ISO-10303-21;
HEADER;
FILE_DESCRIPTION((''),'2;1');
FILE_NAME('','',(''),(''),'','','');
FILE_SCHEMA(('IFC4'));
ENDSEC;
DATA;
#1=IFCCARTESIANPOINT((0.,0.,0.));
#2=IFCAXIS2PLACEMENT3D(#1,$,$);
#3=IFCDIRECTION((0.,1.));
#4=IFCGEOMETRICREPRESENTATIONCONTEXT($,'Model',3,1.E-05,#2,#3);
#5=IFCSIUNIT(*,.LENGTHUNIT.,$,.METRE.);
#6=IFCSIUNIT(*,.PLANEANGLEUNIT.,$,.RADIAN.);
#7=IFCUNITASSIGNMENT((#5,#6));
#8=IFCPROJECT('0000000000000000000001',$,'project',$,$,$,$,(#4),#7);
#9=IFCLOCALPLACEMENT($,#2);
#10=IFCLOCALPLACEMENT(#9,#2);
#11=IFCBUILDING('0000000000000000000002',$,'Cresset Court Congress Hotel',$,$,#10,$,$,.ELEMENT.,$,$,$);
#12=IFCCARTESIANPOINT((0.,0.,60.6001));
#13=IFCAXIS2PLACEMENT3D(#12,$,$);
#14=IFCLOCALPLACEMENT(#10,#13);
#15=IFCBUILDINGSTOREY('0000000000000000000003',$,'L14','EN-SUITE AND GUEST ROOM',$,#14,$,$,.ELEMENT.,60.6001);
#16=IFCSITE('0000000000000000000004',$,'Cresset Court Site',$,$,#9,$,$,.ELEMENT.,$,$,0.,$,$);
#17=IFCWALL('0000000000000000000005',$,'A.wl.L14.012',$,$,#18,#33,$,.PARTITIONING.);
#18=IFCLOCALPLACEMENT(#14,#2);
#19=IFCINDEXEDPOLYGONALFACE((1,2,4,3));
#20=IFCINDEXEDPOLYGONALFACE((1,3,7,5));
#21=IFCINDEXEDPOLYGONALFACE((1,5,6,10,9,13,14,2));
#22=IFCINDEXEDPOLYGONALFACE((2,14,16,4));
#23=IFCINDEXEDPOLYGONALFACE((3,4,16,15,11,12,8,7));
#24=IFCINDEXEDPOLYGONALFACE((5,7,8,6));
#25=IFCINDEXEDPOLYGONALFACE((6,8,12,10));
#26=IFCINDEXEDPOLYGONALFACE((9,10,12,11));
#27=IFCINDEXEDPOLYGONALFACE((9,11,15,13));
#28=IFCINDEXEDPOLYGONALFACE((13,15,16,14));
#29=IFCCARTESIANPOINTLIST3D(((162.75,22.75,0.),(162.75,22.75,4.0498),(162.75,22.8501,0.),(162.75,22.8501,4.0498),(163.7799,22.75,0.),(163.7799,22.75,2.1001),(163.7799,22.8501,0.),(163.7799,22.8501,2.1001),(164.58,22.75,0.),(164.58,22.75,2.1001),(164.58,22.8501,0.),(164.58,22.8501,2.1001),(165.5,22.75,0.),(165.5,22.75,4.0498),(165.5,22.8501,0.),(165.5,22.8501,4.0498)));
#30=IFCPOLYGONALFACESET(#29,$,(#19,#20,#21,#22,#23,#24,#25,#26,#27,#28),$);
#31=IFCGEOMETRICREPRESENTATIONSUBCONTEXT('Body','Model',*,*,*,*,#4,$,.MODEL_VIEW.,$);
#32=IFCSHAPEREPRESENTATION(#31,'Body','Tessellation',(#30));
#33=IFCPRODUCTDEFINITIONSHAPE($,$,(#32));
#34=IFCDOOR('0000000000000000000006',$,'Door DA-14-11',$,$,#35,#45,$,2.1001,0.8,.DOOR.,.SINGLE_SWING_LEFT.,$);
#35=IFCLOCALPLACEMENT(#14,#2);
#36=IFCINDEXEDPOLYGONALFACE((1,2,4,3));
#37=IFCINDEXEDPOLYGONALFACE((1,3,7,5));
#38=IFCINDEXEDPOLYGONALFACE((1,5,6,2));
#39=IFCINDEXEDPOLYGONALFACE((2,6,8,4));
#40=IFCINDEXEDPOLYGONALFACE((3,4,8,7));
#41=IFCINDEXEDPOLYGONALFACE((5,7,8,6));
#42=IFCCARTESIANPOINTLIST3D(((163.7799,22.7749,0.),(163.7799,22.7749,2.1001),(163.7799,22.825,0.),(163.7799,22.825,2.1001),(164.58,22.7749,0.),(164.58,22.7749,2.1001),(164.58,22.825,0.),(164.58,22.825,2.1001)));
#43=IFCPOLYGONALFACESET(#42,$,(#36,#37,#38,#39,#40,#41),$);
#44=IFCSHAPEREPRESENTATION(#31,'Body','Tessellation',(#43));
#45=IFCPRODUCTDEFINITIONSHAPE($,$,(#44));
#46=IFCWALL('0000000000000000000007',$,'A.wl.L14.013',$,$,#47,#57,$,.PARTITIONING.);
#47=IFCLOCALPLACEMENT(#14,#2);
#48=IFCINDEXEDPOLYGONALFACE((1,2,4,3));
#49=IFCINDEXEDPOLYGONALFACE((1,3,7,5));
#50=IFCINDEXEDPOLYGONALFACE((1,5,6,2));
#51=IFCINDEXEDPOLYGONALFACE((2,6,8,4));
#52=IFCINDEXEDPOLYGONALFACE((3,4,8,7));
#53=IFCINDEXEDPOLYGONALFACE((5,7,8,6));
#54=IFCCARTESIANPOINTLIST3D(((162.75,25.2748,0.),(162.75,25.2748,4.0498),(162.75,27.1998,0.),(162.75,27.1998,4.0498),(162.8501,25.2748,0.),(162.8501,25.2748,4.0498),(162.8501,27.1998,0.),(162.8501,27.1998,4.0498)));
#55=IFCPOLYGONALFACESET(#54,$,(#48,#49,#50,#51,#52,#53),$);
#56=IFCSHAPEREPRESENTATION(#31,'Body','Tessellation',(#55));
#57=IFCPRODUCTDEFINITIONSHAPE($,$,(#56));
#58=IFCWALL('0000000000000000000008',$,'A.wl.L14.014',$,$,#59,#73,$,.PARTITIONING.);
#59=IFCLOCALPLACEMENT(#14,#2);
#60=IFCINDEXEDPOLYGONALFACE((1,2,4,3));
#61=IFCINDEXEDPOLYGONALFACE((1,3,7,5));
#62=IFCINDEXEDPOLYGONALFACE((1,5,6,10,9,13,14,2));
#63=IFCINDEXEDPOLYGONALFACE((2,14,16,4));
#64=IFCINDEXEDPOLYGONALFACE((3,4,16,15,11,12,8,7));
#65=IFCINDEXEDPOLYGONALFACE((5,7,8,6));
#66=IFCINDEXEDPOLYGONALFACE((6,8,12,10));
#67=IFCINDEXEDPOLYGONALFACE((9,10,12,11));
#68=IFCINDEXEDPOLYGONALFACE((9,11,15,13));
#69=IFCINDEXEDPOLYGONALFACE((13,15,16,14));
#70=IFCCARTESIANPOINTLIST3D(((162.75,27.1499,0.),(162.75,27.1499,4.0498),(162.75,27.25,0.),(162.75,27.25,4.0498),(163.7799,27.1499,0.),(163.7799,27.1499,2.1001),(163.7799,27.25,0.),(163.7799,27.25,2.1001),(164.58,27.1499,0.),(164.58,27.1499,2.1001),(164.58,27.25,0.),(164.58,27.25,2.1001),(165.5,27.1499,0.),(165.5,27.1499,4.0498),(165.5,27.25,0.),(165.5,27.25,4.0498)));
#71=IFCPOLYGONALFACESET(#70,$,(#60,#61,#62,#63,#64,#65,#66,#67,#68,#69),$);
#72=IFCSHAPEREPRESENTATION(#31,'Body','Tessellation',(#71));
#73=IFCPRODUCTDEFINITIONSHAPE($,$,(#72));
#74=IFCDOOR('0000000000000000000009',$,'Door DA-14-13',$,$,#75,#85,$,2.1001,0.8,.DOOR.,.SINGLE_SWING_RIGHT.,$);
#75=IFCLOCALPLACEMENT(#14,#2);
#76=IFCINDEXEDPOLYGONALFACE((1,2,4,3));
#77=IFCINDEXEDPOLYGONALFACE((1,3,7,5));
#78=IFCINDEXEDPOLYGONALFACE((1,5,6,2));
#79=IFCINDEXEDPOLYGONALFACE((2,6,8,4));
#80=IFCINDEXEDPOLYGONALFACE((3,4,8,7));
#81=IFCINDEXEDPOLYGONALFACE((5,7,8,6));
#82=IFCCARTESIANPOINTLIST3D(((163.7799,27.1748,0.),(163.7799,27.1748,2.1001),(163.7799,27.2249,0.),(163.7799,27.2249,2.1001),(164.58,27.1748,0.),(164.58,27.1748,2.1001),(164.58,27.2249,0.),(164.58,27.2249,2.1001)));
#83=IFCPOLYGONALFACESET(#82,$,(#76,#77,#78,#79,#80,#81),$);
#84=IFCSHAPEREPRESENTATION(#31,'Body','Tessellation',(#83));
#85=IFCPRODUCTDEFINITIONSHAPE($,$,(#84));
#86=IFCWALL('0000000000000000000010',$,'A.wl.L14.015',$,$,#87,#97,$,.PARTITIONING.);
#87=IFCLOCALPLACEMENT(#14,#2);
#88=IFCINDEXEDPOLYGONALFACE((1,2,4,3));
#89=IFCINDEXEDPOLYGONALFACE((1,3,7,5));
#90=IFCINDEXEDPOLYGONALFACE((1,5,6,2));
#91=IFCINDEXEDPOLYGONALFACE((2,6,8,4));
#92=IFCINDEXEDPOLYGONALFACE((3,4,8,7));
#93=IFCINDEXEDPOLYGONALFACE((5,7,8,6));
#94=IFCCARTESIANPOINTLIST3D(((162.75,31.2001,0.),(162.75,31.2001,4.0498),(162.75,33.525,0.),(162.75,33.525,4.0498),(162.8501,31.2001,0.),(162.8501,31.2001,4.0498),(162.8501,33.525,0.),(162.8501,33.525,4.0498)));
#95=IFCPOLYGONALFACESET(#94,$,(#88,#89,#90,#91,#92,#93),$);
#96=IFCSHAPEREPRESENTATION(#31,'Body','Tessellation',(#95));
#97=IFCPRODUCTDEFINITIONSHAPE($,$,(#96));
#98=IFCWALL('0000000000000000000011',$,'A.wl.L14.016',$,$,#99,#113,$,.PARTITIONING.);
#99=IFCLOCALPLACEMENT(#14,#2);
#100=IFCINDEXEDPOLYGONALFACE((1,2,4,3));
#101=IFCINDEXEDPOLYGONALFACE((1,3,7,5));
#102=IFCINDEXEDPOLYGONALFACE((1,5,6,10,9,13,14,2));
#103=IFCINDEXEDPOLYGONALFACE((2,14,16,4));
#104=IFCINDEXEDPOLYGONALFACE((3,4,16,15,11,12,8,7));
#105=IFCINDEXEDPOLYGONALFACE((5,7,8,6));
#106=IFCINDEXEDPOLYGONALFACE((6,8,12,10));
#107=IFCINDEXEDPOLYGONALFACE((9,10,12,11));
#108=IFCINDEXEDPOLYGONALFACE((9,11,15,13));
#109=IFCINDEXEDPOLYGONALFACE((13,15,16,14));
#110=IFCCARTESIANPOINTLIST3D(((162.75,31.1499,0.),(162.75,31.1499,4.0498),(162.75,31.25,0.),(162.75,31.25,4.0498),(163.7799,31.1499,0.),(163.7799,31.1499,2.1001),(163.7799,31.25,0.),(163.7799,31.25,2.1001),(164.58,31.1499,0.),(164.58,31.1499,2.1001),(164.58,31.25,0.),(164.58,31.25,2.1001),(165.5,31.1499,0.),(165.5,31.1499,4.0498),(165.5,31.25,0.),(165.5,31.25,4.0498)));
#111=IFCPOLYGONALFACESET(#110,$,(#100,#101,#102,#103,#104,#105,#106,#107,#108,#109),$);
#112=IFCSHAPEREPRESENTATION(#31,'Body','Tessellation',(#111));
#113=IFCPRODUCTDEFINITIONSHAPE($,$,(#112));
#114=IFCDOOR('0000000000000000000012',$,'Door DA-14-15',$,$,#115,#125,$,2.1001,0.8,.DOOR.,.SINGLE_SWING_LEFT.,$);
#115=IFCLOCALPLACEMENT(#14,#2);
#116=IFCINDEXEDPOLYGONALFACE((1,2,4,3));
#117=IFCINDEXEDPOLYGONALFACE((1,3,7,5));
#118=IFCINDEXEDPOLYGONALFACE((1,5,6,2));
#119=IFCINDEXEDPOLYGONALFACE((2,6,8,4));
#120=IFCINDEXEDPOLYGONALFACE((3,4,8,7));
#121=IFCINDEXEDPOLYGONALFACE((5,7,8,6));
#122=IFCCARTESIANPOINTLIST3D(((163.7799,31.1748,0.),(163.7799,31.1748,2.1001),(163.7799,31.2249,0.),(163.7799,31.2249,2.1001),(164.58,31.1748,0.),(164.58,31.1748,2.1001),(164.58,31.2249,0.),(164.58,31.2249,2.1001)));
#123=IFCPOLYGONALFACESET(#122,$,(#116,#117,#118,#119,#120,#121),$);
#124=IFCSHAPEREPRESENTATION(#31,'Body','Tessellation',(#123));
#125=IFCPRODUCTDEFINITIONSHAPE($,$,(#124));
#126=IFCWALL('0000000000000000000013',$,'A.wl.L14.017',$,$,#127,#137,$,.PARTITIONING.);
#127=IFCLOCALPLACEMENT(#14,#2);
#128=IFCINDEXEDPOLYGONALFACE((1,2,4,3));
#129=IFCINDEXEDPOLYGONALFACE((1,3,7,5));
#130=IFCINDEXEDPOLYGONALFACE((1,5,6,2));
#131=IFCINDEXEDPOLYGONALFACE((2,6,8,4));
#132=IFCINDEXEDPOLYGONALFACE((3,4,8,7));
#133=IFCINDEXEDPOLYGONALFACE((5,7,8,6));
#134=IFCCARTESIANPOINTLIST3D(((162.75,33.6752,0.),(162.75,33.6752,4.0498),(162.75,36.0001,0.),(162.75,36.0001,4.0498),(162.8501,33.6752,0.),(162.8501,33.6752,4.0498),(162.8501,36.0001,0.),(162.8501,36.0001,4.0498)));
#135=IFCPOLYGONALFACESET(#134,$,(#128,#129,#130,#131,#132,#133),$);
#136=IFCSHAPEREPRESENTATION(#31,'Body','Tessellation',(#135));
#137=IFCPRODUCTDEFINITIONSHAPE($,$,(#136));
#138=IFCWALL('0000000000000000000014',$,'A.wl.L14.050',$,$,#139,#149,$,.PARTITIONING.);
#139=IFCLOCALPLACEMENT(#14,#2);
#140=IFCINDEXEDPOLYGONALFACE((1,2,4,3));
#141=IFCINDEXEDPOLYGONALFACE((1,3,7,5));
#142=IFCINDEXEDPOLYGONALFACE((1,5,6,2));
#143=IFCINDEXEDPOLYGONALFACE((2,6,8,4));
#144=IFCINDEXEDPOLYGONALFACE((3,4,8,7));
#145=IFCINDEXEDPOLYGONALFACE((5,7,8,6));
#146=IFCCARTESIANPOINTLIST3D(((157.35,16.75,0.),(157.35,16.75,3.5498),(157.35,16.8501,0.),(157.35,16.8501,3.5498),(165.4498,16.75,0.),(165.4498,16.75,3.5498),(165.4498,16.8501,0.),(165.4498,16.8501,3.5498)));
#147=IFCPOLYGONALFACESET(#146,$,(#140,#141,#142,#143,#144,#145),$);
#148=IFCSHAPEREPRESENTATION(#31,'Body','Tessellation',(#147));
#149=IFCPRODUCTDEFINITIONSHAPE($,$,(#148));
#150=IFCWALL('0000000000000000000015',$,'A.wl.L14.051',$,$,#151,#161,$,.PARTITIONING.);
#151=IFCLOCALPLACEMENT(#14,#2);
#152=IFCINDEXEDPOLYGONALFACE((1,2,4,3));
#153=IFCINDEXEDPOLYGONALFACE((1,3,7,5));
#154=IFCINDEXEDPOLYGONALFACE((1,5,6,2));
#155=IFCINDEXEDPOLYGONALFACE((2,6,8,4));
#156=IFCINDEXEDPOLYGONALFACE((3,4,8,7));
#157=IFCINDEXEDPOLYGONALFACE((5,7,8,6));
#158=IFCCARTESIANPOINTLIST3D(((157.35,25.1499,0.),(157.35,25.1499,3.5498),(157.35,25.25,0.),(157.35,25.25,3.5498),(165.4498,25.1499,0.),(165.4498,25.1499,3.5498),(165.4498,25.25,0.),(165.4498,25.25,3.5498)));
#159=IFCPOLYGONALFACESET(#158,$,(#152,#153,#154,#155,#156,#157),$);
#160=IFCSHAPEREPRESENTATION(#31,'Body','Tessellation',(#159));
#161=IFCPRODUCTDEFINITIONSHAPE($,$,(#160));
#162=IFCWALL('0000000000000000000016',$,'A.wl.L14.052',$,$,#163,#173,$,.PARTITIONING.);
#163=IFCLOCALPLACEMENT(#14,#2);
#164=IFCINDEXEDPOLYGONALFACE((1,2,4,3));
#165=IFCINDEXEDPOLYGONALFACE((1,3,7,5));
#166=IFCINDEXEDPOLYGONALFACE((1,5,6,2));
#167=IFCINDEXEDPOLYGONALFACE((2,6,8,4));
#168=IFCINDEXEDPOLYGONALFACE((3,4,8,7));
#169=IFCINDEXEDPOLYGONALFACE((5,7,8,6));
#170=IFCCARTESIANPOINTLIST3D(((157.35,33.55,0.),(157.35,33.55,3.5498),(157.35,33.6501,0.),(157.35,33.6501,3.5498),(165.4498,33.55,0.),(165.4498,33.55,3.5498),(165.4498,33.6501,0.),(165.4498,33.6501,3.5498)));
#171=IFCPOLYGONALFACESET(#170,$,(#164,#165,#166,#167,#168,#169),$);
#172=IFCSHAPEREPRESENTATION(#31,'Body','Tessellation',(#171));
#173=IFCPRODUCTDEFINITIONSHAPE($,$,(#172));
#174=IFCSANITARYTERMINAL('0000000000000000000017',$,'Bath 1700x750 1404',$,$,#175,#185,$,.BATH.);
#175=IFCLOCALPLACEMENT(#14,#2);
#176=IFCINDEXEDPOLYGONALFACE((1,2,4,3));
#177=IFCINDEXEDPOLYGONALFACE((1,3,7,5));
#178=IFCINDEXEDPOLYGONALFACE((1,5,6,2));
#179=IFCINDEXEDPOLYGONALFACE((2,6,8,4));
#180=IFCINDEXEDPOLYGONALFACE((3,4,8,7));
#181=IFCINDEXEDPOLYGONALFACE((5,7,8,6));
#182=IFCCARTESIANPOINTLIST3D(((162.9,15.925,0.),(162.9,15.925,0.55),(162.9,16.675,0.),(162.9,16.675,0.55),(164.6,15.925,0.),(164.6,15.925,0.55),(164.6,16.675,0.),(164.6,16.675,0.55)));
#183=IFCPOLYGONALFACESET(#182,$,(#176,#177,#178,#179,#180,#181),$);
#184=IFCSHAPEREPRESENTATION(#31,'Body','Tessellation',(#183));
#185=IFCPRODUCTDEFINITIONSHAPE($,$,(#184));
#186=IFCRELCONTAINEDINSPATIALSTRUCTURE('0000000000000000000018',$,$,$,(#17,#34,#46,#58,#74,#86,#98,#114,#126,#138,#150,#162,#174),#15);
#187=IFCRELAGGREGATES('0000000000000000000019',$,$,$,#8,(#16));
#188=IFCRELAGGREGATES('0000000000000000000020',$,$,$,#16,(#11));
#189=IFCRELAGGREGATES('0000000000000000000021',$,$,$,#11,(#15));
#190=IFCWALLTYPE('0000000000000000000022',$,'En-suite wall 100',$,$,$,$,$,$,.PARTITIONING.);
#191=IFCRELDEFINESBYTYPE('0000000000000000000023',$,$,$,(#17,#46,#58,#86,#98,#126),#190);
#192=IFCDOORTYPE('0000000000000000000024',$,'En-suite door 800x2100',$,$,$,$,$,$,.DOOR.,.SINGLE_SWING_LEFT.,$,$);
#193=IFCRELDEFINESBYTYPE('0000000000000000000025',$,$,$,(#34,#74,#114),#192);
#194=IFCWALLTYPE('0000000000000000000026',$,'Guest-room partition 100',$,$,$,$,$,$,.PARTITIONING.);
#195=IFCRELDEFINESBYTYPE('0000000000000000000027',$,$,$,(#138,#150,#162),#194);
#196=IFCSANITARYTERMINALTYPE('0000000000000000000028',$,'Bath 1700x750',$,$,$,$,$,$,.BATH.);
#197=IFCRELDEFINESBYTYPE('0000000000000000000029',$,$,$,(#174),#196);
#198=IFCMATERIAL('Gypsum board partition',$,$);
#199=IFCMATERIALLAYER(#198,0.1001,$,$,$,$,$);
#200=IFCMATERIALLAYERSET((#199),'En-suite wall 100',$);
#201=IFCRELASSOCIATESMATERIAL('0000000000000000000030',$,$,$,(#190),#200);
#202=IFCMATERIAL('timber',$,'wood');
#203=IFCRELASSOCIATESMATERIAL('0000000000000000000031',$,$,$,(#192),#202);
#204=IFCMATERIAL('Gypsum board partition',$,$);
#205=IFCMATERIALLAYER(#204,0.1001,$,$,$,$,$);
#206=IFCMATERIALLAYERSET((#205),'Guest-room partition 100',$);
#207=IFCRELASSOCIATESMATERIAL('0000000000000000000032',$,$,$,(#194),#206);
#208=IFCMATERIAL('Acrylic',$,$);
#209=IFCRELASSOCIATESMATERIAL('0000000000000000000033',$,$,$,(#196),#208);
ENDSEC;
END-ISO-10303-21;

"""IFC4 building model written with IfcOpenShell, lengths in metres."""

from ifc_helpers import new_model, si_unit, direction, frame, frame_2d, origin, origin_2d, place, context, subcontext, project, spatial, rectangle, extrude, material, layer, layer_set, type_object, element, fill, save


model = new_model("IFC4")

# Units and contexts
model_context = context("Model", 3, precision=1e-05, world=origin(), true_north=direction((0.0, 1.0)))
body_context = subcontext(model_context, "Body", "Model", "MODEL_VIEW")
ifc_project = project(units=[si_unit("LENGTHUNIT", "METRE"), si_unit("PLANEANGLEUNIT", "RADIAN")], contexts=[model_context])

# Site, building, storey
site_placement = place(None, origin())
site = spatial("IfcSite", under=ifc_project, at=site_placement, Name="Cresset Court Site", CompositionType="ELEMENT", RefElevation=0.0)
building_placement = place(site_placement, origin())
building = spatial("IfcBuilding", under=site, at=building_placement, Name="Cresset Court Congress Hotel", CompositionType="ELEMENT")
storey_placement = place(building_placement, frame((0.0, 0.0, 60.6001)))
storey = spatial("IfcBuildingStorey", under=building, at=storey_placement, Name="L14", Description="EN-SUITE AND GUEST ROOM", CompositionType="ELEMENT", Elevation=60.6001)

# Shared definitions
ifc_material_1 = material(Name="Gypsum board partition")
ifc_layer_1 = layer(ifc_material_1, 0.1001)
ifc_layer_set_1 = layer_set([ifc_layer_1], Name="En-suite wall 100")
wall_type_1 = type_object("IfcWallType", Name="En-suite wall 100", PredefinedType="PARTITIONING", material=ifc_layer_set_1)

# Shared definitions
ifc_material_2 = material(Name="timber", Category="wood")
door_type = type_object("IfcDoorType", Name="En-suite door 800x2100", OperationType="SINGLE_SWING_LEFT", PredefinedType="DOOR", material=ifc_material_2)

# Wall, opening, door
wall_1_placement = place(storey_placement, frame((162.75, 22.8, 0.0), z_axis=(0.0, 0.0, 1.0), x_axis=(1.0, 0.0, 0.0)))
wall_1 = element("IfcWall", 1, at=wall_1_placement, inside=storey, type_object=wall_type_1, Name="A.wl.L14.012", PredefinedType="PARTITIONING", context=body_context, shape_type="SweptSolid", body=[
    extrude(rectangle(XDim=2.75, YDim=0.1001, at=frame_2d((1.375, 0.0))), origin(), (0.0, 0.0, 1.0), 4.0498),
])
opening_1_placement = place(wall_1_placement, frame((1.03, 0.0, 0.0)))
opening_1 = element("IfcOpeningElement", 2, at=opening_1_placement, cuts=wall_1, PredefinedType="OPENING", context=body_context, shape_type="SweptSolid", body=[
    extrude(rectangle(XDim=0.8, YDim=2.1001, at=frame_2d((0.3999, 1.05))), frame((0.0, 0.0601, 0.0), z_axis=(0.0, -1.0, 0.0), x_axis=(1.0, 0.0, 0.0)), (0.0, 0.0, 1.0), 0.1201),
])
door_1_placement = place(opening_1_placement, origin())
door_1 = element("IfcDoor", 3, at=door_1_placement, inside=storey, type_object=door_type, Name="Door DA-14-11", OperationType="SINGLE_SWING_LEFT", OverallHeight=2.1001, OverallWidth=0.8, PredefinedType="DOOR", context=body_context, shape_type="SweptSolid", body=[
    extrude(rectangle(XDim=0.8, YDim=2.1001, at=frame_2d((0.3999, 1.05))), frame((0.0, 0.0249, 0.0), z_axis=(0.0, -1.0, 0.0), x_axis=(1.0, 0.0, 0.0)), (0.0, 0.0, 1.0), 0.05),
])
fill(opening_1, door_1)

# Wall
wall_2_placement = place(storey_placement, frame((162.8, 25.2749, 0.0), z_axis=(0.0, 0.0, 1.0), x_axis=(0.0, 1.0, 0.0)))
element("IfcWall", 4, at=wall_2_placement, inside=storey, type_object=wall_type_1, Name="A.wl.L14.013", PredefinedType="PARTITIONING", context=body_context, shape_type="SweptSolid", body=[
    extrude(rectangle(XDim=1.925, YDim=0.1001, at=frame_2d((0.9624, 0.0))), origin(), (0.0, 0.0, 1.0), 4.0498),
])

# Wall, opening, door
wall_3_placement = place(storey_placement, frame((162.75, 27.2, 0.0), z_axis=(0.0, 0.0, 1.0), x_axis=(1.0, 0.0, 0.0)))
wall_3 = element("IfcWall", 5, at=wall_3_placement, inside=storey, type_object=wall_type_1, Name="A.wl.L14.014", PredefinedType="PARTITIONING", context=body_context, shape_type="SweptSolid", body=[
    extrude(rectangle(XDim=2.75, YDim=0.1001, at=frame_2d((1.375, 0.0))), origin(), (0.0, 0.0, 1.0), 4.0498),
])
opening_2_placement = place(wall_3_placement, frame((1.03, 0.0, 0.0)))
opening_2 = element("IfcOpeningElement", 6, at=opening_2_placement, cuts=wall_3, PredefinedType="OPENING", context=body_context, shape_type="SweptSolid", body=[
    extrude(rectangle(XDim=0.8, YDim=2.1001, at=frame_2d((0.3999, 1.05))), frame((0.0, 0.0601, 0.0), z_axis=(0.0, -1.0, 0.0), x_axis=(1.0, 0.0, 0.0)), (0.0, 0.0, 1.0), 0.1201),
])
door_2_placement = place(opening_2_placement, origin())
door_2 = element("IfcDoor", 7, at=door_2_placement, inside=storey, type_object=door_type, Name="Door DA-14-13", OperationType="SINGLE_SWING_RIGHT", OverallHeight=2.1001, OverallWidth=0.8, PredefinedType="DOOR", context=body_context, shape_type="SweptSolid", body=[
    extrude(rectangle(XDim=0.8, YDim=2.1001, at=frame_2d((0.3999, 1.05))), frame((0.0, 0.0249, 0.0), z_axis=(0.0, -1.0, 0.0), x_axis=(1.0, 0.0, 0.0)), (0.0, 0.0, 1.0), 0.05),
])
fill(opening_2, door_2)

# Wall
wall_4_placement = place(storey_placement, frame((162.8, 31.2, 0.0), z_axis=(0.0, 0.0, 1.0), x_axis=(0.0, 1.0, 0.0)))
element("IfcWall", 8, at=wall_4_placement, inside=storey, type_object=wall_type_1, Name="A.wl.L14.015", PredefinedType="PARTITIONING", context=body_context, shape_type="SweptSolid", body=[
    extrude(rectangle(XDim=2.325, YDim=0.1001, at=frame_2d((1.1626, 0.0))), origin(), (0.0, 0.0, 1.0), 4.0498),
])

# Wall, opening, door
wall_5_placement = place(storey_placement, frame((162.75, 31.2, 0.0), z_axis=(0.0, 0.0, 1.0), x_axis=(1.0, 0.0, 0.0)))
wall_5 = element("IfcWall", 9, at=wall_5_placement, inside=storey, type_object=wall_type_1, Name="A.wl.L14.016", PredefinedType="PARTITIONING", context=body_context, shape_type="SweptSolid", body=[
    extrude(rectangle(XDim=2.75, YDim=0.1001, at=frame_2d((1.375, 0.0))), origin(), (0.0, 0.0, 1.0), 4.0498),
])
opening_3_placement = place(wall_5_placement, frame((1.03, 0.0, 0.0)))
opening_3 = element("IfcOpeningElement", 10, at=opening_3_placement, cuts=wall_5, PredefinedType="OPENING", context=body_context, shape_type="SweptSolid", body=[
    extrude(rectangle(XDim=0.8, YDim=2.1001, at=frame_2d((0.3999, 1.05))), frame((0.0, 0.0601, 0.0), z_axis=(0.0, -1.0, 0.0), x_axis=(1.0, 0.0, 0.0)), (0.0, 0.0, 1.0), 0.1201),
])
door_3_placement = place(opening_3_placement, origin())
door_3 = element("IfcDoor", 11, at=door_3_placement, inside=storey, type_object=door_type, Name="Door DA-14-15", OperationType="SINGLE_SWING_LEFT", OverallHeight=2.1001, OverallWidth=0.8, PredefinedType="DOOR", context=body_context, shape_type="SweptSolid", body=[
    extrude(rectangle(XDim=0.8, YDim=2.1001, at=frame_2d((0.3999, 1.05))), frame((0.0, 0.0249, 0.0), z_axis=(0.0, -1.0, 0.0), x_axis=(1.0, 0.0, 0.0)), (0.0, 0.0, 1.0), 0.05),
])
fill(opening_3, door_3)

# Walls
wall_6_placement = place(storey_placement, frame((162.8, 33.675, 0.0), z_axis=(0.0, 0.0, 1.0), x_axis=(0.0, 1.0, 0.0)))
element("IfcWall", 12, at=wall_6_placement, inside=storey, type_object=wall_type_1, Name="A.wl.L14.017", PredefinedType="PARTITIONING", context=body_context, shape_type="SweptSolid", body=[
    extrude(rectangle(XDim=2.325, YDim=0.1001, at=frame_2d((1.1626, 0.0))), origin(), (0.0, 0.0, 1.0), 4.0498),
])
ifc_material_3 = material(Name="Gypsum board partition")
ifc_layer_2 = layer(ifc_material_3, 0.1001)
ifc_layer_set_2 = layer_set([ifc_layer_2], Name="Guest-room partition 100")
wall_type_2 = type_object("IfcWallType", Name="Guest-room partition 100", PredefinedType="PARTITIONING", material=ifc_layer_set_2)
for number, where, z_axis, x_axis, name in (
    (13, (157.3501, 16.8, 0.0), (0.0, 0.0, 1.0), (1.0, 0.0, 0.0), "A.wl.L14.050"),
    (14, (157.3501, 25.2, 0.0), (0.0, 0.0, 1.0), (1.0, 0.0, 0.0), "A.wl.L14.051"),
    (15, (157.3501, 33.6001, 0.0), (0.0, 0.0, 1.0), (1.0, 0.0, 0.0), "A.wl.L14.052"),
):
    element("IfcWall", number, at=place(storey_placement, frame(where, z_axis=z_axis, x_axis=x_axis)), inside=storey, type_object=wall_type_2, Name=name, PredefinedType="PARTITIONING", context=body_context, shape_type="SweptSolid", body=[
        extrude(rectangle(XDim=8.0999, YDim=0.1001, at=frame_2d((4.0498, 0.0))), origin(), (0.0, 0.0, 1.0), 3.5498),
    ])

# Sanitary terminal
ifc_material_4 = material(Name="Acrylic")
sanitary_terminal_type_1 = type_object("IfcSanitaryTerminalType", Name="Bath 1700x750", PredefinedType="BATH", material=ifc_material_4)
for number, where, z_axis, x_axis, name in (
    (16, (163.75, 16.3, 0.0), (0.0, 0.0, 1.0), (1.0, 0.0, 0.0), "Bath 1700x750 1404"),
):
    element("IfcSanitaryTerminal", number, at=place(storey_placement, frame(where, z_axis=z_axis, x_axis=x_axis)), inside=storey, type_object=sanitary_terminal_type_1, Name=name, PredefinedType="BATH", context=body_context, shape_type="SweptSolid", body=[
        extrude(rectangle(XDim=1.7, YDim=0.75, at=origin_2d()), origin(), (0.0, 0.0, 1.0), 0.55),
    ])

save(model, "model.ifc")
